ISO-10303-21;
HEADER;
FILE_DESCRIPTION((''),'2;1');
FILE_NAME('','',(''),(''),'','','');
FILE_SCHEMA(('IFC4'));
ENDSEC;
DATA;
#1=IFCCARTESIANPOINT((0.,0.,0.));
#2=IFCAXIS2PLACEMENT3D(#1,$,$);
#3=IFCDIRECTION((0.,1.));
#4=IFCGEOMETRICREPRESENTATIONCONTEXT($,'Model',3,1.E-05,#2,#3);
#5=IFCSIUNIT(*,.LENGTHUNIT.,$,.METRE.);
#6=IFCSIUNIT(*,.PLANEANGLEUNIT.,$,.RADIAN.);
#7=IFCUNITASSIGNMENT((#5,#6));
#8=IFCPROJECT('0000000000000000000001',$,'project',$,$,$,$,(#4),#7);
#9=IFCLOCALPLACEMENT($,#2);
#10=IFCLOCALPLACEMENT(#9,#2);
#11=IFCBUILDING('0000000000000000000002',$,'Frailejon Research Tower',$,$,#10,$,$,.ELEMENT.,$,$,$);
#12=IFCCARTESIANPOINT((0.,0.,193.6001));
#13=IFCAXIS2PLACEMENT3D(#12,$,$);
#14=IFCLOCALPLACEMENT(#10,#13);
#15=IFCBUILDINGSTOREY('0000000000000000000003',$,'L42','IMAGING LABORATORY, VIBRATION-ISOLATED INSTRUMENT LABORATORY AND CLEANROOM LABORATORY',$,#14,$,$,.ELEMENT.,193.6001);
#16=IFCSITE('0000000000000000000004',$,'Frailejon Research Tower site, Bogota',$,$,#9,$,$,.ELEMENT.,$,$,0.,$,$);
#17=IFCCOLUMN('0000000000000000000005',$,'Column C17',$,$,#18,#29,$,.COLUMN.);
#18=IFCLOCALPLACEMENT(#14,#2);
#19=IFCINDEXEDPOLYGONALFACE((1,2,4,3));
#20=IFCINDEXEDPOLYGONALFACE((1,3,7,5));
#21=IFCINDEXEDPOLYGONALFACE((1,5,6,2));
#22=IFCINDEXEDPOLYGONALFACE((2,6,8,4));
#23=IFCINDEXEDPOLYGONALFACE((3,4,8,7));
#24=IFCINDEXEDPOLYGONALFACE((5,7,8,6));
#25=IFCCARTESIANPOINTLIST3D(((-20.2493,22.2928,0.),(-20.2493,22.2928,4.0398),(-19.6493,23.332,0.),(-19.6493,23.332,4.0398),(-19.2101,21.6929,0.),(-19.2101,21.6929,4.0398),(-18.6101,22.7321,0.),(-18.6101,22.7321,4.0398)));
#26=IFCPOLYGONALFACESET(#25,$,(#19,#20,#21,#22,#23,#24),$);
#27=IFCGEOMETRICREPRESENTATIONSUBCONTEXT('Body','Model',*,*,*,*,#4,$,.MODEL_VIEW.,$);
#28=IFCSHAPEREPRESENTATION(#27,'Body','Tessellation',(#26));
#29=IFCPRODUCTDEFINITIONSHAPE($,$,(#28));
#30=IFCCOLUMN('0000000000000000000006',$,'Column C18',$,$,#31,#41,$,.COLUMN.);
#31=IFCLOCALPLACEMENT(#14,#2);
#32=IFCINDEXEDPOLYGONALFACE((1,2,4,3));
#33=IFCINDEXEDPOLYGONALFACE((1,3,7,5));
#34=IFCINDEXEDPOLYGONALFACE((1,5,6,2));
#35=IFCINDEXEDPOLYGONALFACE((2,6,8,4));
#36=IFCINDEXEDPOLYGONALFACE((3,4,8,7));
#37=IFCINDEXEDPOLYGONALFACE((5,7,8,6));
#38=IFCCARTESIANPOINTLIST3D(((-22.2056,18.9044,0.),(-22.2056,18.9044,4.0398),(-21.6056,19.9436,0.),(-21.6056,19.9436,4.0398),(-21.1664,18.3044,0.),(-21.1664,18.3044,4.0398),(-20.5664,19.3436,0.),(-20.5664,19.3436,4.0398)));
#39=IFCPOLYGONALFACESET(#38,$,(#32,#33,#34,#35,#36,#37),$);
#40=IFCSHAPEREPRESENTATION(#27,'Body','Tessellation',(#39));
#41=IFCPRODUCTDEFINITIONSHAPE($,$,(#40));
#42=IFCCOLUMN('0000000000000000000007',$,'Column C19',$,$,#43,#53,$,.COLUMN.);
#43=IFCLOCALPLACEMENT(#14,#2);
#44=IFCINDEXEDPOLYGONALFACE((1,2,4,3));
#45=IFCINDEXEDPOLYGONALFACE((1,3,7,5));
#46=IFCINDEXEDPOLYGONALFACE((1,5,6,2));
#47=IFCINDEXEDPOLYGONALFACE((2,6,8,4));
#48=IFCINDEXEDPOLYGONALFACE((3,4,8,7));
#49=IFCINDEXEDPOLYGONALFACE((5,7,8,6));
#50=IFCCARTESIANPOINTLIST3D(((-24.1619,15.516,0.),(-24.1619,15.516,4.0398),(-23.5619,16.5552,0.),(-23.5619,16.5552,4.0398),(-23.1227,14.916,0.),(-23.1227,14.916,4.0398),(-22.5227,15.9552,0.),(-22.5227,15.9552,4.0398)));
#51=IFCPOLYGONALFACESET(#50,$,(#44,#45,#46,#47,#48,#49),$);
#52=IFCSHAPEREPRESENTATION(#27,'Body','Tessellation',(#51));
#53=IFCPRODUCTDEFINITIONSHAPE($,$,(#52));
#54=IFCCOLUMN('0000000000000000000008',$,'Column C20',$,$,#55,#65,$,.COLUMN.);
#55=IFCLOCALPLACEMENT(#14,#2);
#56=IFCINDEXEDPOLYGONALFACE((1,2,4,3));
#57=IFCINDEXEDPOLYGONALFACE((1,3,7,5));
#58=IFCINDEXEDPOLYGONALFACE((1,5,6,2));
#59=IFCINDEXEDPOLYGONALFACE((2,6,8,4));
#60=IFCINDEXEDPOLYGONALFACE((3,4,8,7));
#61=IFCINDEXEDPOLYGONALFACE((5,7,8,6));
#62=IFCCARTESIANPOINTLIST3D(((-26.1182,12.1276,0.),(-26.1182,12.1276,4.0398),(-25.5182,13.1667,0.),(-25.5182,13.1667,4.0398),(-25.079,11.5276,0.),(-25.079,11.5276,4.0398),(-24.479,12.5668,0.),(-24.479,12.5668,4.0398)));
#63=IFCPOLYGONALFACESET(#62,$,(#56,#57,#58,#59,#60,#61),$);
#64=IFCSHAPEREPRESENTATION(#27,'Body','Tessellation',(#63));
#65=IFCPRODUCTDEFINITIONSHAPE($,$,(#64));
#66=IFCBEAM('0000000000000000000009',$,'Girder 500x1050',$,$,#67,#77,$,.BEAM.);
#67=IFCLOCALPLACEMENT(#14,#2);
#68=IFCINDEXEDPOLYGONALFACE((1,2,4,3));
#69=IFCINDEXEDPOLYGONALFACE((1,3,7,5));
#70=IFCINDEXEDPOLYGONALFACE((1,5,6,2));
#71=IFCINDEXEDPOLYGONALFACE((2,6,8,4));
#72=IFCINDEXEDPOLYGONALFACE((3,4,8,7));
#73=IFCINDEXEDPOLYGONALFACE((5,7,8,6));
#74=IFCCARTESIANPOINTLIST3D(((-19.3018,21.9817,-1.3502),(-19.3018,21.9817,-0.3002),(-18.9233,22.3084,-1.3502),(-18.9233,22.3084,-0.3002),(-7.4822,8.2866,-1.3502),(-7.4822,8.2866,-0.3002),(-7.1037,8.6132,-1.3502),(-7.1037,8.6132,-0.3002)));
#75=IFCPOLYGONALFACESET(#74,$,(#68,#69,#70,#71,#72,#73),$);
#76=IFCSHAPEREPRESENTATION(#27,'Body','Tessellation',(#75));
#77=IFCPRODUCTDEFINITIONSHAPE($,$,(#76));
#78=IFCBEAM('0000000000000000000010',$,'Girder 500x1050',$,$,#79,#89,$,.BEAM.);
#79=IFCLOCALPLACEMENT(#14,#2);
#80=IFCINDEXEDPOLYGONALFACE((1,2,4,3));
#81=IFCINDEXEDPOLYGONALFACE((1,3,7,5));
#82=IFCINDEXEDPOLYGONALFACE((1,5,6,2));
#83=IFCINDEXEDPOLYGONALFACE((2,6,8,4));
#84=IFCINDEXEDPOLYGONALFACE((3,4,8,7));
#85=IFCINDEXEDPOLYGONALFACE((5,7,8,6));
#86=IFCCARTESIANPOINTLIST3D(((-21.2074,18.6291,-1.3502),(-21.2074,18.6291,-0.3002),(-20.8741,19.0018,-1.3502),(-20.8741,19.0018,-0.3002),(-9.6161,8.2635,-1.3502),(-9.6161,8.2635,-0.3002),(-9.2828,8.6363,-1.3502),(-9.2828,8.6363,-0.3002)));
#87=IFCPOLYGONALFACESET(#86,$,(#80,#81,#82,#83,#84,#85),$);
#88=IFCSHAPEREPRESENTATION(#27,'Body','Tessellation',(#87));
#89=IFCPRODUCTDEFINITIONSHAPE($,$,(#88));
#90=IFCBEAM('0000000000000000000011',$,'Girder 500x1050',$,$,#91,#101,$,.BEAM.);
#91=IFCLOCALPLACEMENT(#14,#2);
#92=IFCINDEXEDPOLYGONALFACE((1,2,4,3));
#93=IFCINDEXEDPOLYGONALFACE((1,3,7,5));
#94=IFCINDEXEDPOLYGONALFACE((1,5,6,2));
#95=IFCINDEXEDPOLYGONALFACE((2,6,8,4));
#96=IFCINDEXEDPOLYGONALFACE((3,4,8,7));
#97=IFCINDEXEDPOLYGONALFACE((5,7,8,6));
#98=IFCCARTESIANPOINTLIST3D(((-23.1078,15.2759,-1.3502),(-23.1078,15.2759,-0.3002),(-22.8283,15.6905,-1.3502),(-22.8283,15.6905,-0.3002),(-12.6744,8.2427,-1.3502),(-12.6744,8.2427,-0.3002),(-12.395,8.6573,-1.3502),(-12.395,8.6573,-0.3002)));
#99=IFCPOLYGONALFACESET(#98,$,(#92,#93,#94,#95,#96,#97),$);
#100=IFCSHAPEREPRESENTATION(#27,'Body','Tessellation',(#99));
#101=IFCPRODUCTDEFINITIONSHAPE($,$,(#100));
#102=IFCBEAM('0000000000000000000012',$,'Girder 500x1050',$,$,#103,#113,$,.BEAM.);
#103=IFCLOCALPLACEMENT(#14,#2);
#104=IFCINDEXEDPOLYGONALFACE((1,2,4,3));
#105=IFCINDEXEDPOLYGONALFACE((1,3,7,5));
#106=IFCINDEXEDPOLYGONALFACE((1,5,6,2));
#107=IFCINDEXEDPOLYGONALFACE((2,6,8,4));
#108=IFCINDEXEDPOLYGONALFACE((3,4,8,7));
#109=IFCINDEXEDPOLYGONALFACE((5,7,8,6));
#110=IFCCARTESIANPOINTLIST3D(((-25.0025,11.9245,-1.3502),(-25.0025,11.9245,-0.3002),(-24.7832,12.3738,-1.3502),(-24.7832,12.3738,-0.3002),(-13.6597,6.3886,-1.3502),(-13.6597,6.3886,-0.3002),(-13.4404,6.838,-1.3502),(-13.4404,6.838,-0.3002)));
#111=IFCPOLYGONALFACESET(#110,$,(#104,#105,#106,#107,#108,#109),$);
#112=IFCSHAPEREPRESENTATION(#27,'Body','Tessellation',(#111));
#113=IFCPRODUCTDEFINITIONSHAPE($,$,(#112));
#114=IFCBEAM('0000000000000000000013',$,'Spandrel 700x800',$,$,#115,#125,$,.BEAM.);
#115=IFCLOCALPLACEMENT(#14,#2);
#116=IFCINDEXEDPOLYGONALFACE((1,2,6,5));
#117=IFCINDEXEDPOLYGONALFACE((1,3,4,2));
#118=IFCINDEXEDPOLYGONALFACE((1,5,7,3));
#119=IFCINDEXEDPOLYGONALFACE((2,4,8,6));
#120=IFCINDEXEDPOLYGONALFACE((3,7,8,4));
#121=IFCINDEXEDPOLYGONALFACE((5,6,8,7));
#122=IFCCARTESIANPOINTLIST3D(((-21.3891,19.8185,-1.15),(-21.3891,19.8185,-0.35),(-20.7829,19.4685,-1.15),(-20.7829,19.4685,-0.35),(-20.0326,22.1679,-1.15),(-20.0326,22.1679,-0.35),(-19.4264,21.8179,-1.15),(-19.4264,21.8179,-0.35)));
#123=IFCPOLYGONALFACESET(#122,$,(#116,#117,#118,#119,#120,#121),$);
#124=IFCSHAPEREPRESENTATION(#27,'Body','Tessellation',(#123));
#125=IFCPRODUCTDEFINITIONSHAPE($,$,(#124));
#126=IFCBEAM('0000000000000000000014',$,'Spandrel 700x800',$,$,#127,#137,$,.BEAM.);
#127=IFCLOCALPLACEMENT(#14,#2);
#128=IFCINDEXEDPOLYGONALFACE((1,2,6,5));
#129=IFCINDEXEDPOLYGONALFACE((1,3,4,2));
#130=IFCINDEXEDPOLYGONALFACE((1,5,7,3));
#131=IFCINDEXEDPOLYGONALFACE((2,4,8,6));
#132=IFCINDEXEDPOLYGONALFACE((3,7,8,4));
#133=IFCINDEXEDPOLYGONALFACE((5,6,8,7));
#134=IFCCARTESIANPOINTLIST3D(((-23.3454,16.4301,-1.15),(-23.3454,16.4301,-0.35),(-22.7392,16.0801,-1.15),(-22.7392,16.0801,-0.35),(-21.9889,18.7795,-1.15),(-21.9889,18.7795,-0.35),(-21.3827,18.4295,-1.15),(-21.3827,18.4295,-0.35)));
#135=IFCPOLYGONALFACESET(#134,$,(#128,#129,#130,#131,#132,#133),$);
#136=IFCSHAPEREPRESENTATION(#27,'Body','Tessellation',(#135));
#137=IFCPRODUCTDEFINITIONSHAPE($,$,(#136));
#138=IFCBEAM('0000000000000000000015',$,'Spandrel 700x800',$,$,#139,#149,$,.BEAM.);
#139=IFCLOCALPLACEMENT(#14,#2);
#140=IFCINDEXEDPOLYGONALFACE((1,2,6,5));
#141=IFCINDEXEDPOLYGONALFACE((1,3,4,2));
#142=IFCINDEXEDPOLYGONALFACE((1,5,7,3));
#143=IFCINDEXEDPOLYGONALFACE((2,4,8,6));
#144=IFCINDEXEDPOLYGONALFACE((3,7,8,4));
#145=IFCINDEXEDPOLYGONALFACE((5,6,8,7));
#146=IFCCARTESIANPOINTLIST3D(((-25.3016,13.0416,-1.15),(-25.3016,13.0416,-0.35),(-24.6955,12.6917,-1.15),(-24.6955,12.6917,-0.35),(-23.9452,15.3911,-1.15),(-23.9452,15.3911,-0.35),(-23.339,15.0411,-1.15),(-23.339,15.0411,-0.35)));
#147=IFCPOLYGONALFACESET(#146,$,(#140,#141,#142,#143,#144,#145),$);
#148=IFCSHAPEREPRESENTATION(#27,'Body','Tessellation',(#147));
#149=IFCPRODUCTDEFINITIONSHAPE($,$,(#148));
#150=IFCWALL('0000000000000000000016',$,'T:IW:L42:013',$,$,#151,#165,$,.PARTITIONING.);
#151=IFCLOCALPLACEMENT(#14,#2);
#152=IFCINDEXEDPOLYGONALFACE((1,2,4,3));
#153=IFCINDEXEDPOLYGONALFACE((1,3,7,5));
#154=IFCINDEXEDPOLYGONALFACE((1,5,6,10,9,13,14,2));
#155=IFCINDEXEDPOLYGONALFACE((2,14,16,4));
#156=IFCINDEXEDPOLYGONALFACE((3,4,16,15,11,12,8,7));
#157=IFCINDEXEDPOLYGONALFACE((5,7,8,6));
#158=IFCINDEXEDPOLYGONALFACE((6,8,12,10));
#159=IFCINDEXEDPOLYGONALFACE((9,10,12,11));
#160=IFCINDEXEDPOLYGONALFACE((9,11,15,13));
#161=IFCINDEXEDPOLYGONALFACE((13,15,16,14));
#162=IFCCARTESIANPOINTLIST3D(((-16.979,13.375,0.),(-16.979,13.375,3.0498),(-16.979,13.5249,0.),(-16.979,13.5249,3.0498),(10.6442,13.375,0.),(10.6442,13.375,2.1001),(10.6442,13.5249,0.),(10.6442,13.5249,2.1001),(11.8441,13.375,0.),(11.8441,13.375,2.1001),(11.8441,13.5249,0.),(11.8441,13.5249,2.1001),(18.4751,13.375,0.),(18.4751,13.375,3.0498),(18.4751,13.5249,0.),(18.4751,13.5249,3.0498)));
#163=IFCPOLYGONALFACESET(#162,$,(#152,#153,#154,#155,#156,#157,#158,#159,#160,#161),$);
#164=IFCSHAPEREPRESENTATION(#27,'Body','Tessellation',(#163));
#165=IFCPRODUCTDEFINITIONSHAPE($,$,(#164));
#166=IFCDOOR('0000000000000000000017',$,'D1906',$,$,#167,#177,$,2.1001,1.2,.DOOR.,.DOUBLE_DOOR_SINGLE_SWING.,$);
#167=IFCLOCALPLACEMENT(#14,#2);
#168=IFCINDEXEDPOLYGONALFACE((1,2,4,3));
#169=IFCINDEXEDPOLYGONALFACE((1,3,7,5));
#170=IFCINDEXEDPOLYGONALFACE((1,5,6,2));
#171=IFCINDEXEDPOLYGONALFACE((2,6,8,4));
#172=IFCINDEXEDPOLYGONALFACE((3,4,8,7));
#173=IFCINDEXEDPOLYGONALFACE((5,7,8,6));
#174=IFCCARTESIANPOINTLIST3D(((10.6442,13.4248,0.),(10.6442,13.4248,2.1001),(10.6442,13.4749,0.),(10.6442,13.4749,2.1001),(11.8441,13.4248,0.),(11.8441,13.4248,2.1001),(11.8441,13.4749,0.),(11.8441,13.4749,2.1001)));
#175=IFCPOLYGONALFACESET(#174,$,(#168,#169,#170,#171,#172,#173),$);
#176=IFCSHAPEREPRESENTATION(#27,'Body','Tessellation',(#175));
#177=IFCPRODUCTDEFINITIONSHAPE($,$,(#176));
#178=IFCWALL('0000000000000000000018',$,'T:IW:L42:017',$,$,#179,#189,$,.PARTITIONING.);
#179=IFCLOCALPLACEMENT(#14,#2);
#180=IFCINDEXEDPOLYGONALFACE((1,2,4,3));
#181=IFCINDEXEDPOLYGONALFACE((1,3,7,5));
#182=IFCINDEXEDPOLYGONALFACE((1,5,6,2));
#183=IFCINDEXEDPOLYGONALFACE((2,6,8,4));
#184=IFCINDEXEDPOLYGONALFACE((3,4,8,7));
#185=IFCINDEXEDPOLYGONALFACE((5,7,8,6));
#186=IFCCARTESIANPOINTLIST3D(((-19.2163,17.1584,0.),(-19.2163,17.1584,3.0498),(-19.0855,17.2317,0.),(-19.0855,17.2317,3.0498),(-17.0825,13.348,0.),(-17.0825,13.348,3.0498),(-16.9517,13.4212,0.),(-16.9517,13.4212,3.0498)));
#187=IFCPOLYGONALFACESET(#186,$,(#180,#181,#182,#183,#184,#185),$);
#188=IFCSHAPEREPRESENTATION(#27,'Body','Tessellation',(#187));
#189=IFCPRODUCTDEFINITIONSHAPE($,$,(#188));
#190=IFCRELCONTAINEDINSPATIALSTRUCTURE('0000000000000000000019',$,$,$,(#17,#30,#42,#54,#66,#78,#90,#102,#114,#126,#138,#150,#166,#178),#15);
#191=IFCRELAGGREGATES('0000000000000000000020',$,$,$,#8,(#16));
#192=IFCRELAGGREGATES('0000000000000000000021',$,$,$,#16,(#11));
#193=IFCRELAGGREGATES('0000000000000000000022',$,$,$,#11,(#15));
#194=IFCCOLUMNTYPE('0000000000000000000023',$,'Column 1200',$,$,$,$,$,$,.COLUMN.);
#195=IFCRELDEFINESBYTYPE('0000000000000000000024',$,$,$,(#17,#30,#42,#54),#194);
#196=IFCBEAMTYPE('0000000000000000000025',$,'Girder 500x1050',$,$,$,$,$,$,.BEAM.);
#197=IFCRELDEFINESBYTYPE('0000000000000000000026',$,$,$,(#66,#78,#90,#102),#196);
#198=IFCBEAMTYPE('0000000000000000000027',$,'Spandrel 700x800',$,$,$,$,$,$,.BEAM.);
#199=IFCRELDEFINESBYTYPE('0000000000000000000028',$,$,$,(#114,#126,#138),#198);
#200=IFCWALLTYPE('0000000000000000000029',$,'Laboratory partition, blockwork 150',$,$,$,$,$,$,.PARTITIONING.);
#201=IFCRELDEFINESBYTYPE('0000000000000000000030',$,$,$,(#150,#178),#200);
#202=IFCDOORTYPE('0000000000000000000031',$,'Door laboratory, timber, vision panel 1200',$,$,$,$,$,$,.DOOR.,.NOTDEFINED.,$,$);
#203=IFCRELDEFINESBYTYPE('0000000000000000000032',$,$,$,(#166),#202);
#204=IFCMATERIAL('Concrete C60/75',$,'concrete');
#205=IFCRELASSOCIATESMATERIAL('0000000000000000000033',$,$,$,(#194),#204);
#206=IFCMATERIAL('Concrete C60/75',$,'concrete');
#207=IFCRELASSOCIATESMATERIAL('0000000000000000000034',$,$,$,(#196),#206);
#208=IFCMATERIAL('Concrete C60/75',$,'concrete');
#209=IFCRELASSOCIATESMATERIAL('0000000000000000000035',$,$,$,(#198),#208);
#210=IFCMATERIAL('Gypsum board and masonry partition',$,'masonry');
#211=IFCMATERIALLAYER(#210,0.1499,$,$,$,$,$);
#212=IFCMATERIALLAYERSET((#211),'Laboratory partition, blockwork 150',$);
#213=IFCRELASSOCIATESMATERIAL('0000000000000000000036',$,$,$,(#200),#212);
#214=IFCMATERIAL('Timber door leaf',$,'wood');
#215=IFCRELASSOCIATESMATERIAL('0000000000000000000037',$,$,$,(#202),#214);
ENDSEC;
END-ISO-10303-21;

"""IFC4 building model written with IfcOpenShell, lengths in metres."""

from ifc_helpers import new_model, si_unit, direction, frame, frame_2d, origin, origin_2d, place, context, subcontext, project, spatial, rectangle, extrude, material, layer, layer_set, material_profile, profile_set, type_object, element, fill, save


model = new_model("IFC4")

# Units and contexts
model_context = context("Model", 3, precision=1e-05, world=origin(), true_north=direction((0.0, 1.0)))
body_context = subcontext(model_context, "Body", "Model", "MODEL_VIEW")
ifc_project = project(units=[si_unit("LENGTHUNIT", "METRE"), si_unit("PLANEANGLEUNIT", "RADIAN")], contexts=[model_context])

# Site, building, storey
site_placement = place(None, origin())
site = spatial("IfcSite", under=ifc_project, at=site_placement, Name="Frailejon Research Tower site, Bogota", CompositionType="ELEMENT", RefElevation=0.0)
building_placement = place(site_placement, origin())
building = spatial("IfcBuilding", under=site, at=building_placement, Name="Frailejon Research Tower", CompositionType="ELEMENT")
storey_placement = place(building_placement, frame((0.0, 0.0, 193.6001)))
storey = spatial("IfcBuildingStorey", under=building, at=storey_placement, Name="L42", Description="IMAGING LABORATORY, VIBRATION-ISOLATED INSTRUMENT LABORATORY AND CLEANROOM LABORATORY", CompositionType="ELEMENT", Elevation=193.6001)

# Columns
ifc_material_1 = material(Name="Concrete C60/75", Category="concrete")
ifc_material_profile_1 = material_profile(ifc_material_1, rectangle(XDim=1.2, YDim=1.2, at=origin_2d()), Name="Column 1200")
ifc_profile_set_1 = profile_set([ifc_material_profile_1], Name="Concrete C60/75")
column_type = type_object("IfcColumnType", Name="Column 1200", PredefinedType="COLUMN", material=ifc_profile_set_1)
for number, where, z_axis, x_axis, name in (
    (1, (-19.4297, 22.5125, 0.0), (0.0, 0.0, 1.0), (-0.5, -0.866025, 0.0), "Column C17"),
    (2, (-21.386, 19.124, 0.0), (0.0, 0.0, 1.0), (-0.5, -0.866025, 0.0), "Column C18"),
    (3, (-23.3423, 15.7356, 0.0), (0.0, 0.0, 1.0), (-0.5, -0.866025, 0.0), "Column C19"),
    (4, (-25.2986, 12.3472, 0.0), (0.0, 0.0, 1.0), (-0.5, -0.866025, 0.0), "Column C20"),
):
    element("IfcColumn", number, at=place(storey_placement, frame(where, z_axis=z_axis, x_axis=x_axis)), inside=storey, type_object=column_type, Name=name, PredefinedType="COLUMN", context=body_context, shape_type="SweptSolid", body=[
        extrude(rectangle(XDim=1.2, YDim=1.2, at=origin_2d()), origin(), (0.0, 0.0, 1.0), 4.0398),
    ])

# Beams
ifc_material_2 = material(Name="Concrete C60/75", Category="concrete")
ifc_material_profile_2 = material_profile(ifc_material_2, rectangle(XDim=0.5, YDim=1.05, at=origin_2d()), Name="Girder 500x1050")
ifc_profile_set_2 = profile_set([ifc_material_profile_2], Name="Concrete C60/75")
beam_type_1 = type_object("IfcBeamType", Name="Girder 500x1050", PredefinedType="BEAM", material=ifc_profile_set_2)
beam_1_placement = place(storey_placement, frame((-19.1125, 22.145, -0.8252), z_axis=(0.653367, -0.757041, 0.0), x_axis=(0.757041, 0.653367, 0.0)))
element("IfcBeam", 5, at=beam_1_placement, inside=storey, type_object=beam_type_1, Name="Girder 500x1050", PredefinedType="BEAM", context=body_context, shape_type="SweptSolid", body=[
    extrude(rectangle(XDim=0.5, YDim=1.05, at=origin_2d()), origin(), (0.0, 0.0, 1.0), 18.0903),
])
beam_2_placement = place(storey_placement, frame((-21.0408, 18.8154, -0.8252), z_axis=(0.745423, -0.666592, 0.0), x_axis=(0.666592, 0.745423, 0.0)))
element("IfcBeam", 6, at=beam_2_placement, inside=storey, type_object=beam_type_1, Name="Girder 500x1050", PredefinedType="BEAM", context=body_context, shape_type="SweptSolid", body=[
    extrude(rectangle(XDim=0.5, YDim=1.05, at=origin_2d()), origin(), (0.0, 0.0, 1.0), 15.55),
])
beam_3_placement = place(storey_placement, frame((-22.968, 15.4832, -0.8252), z_axis=(0.829192, -0.558965, 0.0), x_axis=(0.558965, 0.829192, 0.0)))
element("IfcBeam", 7, at=beam_3_placement, inside=storey, type_object=beam_type_1, Name="Girder 500x1050", PredefinedType="BEAM", context=body_context, shape_type="SweptSolid", body=[
    extrude(rectangle(XDim=0.5, YDim=1.05, at=origin_2d()), origin(), (0.0, 0.0, 1.0), 12.5825),
])
beam_4_placement = place(storey_placement, frame((-24.8928, 12.1492, -0.8252), z_axis=(0.89868, -0.438605, 0.0), x_axis=(0.438605, 0.89868, 0.0)))
element("IfcBeam", 8, at=beam_4_placement, inside=storey, type_object=beam_type_1, Name="Girder 500x1050", PredefinedType="BEAM", context=body_context, shape_type="SweptSolid", body=[
    extrude(rectangle(XDim=0.5, YDim=1.05, at=origin_2d()), origin(), (0.0, 0.0, 1.0), 12.6216),
])
ifc_material_3 = material(Name="Concrete C60/75", Category="concrete")
ifc_material_profile_3 = material_profile(ifc_material_3, rectangle(XDim=0.7, YDim=0.8, at=origin_2d()), Name="Spandrel 700x800")
ifc_profile_set_3 = profile_set([ifc_material_profile_3], Name="Concrete C60/75")
beam_type_2 = type_object("IfcBeamType", Name="Spandrel 700x800", PredefinedType="BEAM", material=ifc_profile_set_3)
for number, where, z_axis, x_axis, name in (
    (9, (-19.7295, 21.9929, -0.75), (-0.500011, -0.866019, 0.0), (0.866019, -0.500011, 0.0), "Spandrel 700x800"),
    (10, (-21.6858, 18.6045, -0.75), (-0.500011, -0.866019, 0.0), (0.866019, -0.500011, 0.0), "Spandrel 700x800"),
    (11, (-23.6421, 15.2161, -0.75), (-0.500011, -0.866019, 0.0), (0.866019, -0.500011, 0.0), "Spandrel 700x800"),
):
    element("IfcBeam", number, at=place(storey_placement, frame(where, z_axis=z_axis, x_axis=x_axis)), inside=storey, type_object=beam_type_2, Name=name, PredefinedType="BEAM", context=body_context, shape_type="SweptSolid", body=[
        extrude(rectangle(XDim=0.7, YDim=0.8, at=origin_2d()), origin(), (0.0, 0.0, 1.0), 2.7129),
    ])

# Wall, opening, door
ifc_material_4 = material(Name="Gypsum board and masonry partition", Category="masonry")
ifc_layer_1 = layer(ifc_material_4, 0.1499)
ifc_layer_set_1 = layer_set([ifc_layer_1], Name="Laboratory partition, blockwork 150")
wall_type_1 = type_object("IfcWallType", Name="Laboratory partition, blockwork 150", PredefinedType="PARTITIONING", material=ifc_layer_set_1)
wall_1_placement = place(storey_placement, frame((-16.979, 13.45, 0.0), z_axis=(0.0, 0.0, 1.0), x_axis=(1.0, 0.0, 0.0)))
wall_1 = element("IfcWall", 12, at=wall_1_placement, inside=storey, type_object=wall_type_1, Name="T:IW:L42:013", PredefinedType="PARTITIONING", context=body_context, shape_type="SweptSolid", body=[
    extrude(rectangle(XDim=35.4541, YDim=0.1499, at=frame_2d((17.7271, 0.0))), origin(), (0.0, 0.0, 1.0), 3.0498),
])
opening_1_placement = place(wall_1_placement, frame((27.623, 0.0, 0.0)))
opening_1 = element("IfcOpeningElement", 13, at=opening_1_placement, cuts=wall_1, PredefinedType="OPENING", context=body_context, shape_type="SweptSolid", body=[
    extrude(rectangle(XDim=1.2, YDim=2.1001, at=frame_2d((0.6001, 1.05))), frame((0.0, 0.085, 0.0), z_axis=(0.0, -1.0, 0.0), x_axis=(1.0, 0.0, 0.0)), (0.0, 0.0, 1.0), 0.1699),
])
ifc_material_5 = material(Name="Timber door leaf", Category="wood")
door_type_1 = type_object("IfcDoorType", Name="Door laboratory, timber, vision panel 1200", OperationType="NOTDEFINED", PredefinedType="DOOR", material=ifc_material_5)
door_1_placement = place(opening_1_placement, origin())
door_1 = element("IfcDoor", 14, at=door_1_placement, inside=storey, type_object=door_type_1, Name="D1906", OperationType="DOUBLE_DOOR_SINGLE_SWING", OverallHeight=2.1001, OverallWidth=1.2, PredefinedType="DOOR", context=body_context, shape_type="SweptSolid", body=[
    extrude(rectangle(XDim=1.2, YDim=2.1001, at=frame_2d((0.6001, 1.05))), frame((0.0, 0.0249, 0.0), z_axis=(0.0, -1.0, 0.0), x_axis=(1.0, 0.0, 0.0)), (0.0, 0.0, 1.0), 0.05),
])
fill(opening_1, door_1)

# Wall
wall_2_placement = place(storey_placement, frame((-19.1509, 17.1951, 0.0), z_axis=(0.0, 0.0, 1.0), x_axis=(0.488583, -0.872517, 0.0)))
element("IfcWall", 15, at=wall_2_placement, inside=storey, type_object=wall_type_1, Name="T:IW:L42:017", PredefinedType="PARTITIONING", context=body_context, shape_type="SweptSolid", body=[
    extrude(rectangle(XDim=4.3672, YDim=0.1499, at=frame_2d((2.1836, 0.0))), origin(), (0.0, 0.0, 1.0), 3.0498),
])

save(model, "model.ifc")
